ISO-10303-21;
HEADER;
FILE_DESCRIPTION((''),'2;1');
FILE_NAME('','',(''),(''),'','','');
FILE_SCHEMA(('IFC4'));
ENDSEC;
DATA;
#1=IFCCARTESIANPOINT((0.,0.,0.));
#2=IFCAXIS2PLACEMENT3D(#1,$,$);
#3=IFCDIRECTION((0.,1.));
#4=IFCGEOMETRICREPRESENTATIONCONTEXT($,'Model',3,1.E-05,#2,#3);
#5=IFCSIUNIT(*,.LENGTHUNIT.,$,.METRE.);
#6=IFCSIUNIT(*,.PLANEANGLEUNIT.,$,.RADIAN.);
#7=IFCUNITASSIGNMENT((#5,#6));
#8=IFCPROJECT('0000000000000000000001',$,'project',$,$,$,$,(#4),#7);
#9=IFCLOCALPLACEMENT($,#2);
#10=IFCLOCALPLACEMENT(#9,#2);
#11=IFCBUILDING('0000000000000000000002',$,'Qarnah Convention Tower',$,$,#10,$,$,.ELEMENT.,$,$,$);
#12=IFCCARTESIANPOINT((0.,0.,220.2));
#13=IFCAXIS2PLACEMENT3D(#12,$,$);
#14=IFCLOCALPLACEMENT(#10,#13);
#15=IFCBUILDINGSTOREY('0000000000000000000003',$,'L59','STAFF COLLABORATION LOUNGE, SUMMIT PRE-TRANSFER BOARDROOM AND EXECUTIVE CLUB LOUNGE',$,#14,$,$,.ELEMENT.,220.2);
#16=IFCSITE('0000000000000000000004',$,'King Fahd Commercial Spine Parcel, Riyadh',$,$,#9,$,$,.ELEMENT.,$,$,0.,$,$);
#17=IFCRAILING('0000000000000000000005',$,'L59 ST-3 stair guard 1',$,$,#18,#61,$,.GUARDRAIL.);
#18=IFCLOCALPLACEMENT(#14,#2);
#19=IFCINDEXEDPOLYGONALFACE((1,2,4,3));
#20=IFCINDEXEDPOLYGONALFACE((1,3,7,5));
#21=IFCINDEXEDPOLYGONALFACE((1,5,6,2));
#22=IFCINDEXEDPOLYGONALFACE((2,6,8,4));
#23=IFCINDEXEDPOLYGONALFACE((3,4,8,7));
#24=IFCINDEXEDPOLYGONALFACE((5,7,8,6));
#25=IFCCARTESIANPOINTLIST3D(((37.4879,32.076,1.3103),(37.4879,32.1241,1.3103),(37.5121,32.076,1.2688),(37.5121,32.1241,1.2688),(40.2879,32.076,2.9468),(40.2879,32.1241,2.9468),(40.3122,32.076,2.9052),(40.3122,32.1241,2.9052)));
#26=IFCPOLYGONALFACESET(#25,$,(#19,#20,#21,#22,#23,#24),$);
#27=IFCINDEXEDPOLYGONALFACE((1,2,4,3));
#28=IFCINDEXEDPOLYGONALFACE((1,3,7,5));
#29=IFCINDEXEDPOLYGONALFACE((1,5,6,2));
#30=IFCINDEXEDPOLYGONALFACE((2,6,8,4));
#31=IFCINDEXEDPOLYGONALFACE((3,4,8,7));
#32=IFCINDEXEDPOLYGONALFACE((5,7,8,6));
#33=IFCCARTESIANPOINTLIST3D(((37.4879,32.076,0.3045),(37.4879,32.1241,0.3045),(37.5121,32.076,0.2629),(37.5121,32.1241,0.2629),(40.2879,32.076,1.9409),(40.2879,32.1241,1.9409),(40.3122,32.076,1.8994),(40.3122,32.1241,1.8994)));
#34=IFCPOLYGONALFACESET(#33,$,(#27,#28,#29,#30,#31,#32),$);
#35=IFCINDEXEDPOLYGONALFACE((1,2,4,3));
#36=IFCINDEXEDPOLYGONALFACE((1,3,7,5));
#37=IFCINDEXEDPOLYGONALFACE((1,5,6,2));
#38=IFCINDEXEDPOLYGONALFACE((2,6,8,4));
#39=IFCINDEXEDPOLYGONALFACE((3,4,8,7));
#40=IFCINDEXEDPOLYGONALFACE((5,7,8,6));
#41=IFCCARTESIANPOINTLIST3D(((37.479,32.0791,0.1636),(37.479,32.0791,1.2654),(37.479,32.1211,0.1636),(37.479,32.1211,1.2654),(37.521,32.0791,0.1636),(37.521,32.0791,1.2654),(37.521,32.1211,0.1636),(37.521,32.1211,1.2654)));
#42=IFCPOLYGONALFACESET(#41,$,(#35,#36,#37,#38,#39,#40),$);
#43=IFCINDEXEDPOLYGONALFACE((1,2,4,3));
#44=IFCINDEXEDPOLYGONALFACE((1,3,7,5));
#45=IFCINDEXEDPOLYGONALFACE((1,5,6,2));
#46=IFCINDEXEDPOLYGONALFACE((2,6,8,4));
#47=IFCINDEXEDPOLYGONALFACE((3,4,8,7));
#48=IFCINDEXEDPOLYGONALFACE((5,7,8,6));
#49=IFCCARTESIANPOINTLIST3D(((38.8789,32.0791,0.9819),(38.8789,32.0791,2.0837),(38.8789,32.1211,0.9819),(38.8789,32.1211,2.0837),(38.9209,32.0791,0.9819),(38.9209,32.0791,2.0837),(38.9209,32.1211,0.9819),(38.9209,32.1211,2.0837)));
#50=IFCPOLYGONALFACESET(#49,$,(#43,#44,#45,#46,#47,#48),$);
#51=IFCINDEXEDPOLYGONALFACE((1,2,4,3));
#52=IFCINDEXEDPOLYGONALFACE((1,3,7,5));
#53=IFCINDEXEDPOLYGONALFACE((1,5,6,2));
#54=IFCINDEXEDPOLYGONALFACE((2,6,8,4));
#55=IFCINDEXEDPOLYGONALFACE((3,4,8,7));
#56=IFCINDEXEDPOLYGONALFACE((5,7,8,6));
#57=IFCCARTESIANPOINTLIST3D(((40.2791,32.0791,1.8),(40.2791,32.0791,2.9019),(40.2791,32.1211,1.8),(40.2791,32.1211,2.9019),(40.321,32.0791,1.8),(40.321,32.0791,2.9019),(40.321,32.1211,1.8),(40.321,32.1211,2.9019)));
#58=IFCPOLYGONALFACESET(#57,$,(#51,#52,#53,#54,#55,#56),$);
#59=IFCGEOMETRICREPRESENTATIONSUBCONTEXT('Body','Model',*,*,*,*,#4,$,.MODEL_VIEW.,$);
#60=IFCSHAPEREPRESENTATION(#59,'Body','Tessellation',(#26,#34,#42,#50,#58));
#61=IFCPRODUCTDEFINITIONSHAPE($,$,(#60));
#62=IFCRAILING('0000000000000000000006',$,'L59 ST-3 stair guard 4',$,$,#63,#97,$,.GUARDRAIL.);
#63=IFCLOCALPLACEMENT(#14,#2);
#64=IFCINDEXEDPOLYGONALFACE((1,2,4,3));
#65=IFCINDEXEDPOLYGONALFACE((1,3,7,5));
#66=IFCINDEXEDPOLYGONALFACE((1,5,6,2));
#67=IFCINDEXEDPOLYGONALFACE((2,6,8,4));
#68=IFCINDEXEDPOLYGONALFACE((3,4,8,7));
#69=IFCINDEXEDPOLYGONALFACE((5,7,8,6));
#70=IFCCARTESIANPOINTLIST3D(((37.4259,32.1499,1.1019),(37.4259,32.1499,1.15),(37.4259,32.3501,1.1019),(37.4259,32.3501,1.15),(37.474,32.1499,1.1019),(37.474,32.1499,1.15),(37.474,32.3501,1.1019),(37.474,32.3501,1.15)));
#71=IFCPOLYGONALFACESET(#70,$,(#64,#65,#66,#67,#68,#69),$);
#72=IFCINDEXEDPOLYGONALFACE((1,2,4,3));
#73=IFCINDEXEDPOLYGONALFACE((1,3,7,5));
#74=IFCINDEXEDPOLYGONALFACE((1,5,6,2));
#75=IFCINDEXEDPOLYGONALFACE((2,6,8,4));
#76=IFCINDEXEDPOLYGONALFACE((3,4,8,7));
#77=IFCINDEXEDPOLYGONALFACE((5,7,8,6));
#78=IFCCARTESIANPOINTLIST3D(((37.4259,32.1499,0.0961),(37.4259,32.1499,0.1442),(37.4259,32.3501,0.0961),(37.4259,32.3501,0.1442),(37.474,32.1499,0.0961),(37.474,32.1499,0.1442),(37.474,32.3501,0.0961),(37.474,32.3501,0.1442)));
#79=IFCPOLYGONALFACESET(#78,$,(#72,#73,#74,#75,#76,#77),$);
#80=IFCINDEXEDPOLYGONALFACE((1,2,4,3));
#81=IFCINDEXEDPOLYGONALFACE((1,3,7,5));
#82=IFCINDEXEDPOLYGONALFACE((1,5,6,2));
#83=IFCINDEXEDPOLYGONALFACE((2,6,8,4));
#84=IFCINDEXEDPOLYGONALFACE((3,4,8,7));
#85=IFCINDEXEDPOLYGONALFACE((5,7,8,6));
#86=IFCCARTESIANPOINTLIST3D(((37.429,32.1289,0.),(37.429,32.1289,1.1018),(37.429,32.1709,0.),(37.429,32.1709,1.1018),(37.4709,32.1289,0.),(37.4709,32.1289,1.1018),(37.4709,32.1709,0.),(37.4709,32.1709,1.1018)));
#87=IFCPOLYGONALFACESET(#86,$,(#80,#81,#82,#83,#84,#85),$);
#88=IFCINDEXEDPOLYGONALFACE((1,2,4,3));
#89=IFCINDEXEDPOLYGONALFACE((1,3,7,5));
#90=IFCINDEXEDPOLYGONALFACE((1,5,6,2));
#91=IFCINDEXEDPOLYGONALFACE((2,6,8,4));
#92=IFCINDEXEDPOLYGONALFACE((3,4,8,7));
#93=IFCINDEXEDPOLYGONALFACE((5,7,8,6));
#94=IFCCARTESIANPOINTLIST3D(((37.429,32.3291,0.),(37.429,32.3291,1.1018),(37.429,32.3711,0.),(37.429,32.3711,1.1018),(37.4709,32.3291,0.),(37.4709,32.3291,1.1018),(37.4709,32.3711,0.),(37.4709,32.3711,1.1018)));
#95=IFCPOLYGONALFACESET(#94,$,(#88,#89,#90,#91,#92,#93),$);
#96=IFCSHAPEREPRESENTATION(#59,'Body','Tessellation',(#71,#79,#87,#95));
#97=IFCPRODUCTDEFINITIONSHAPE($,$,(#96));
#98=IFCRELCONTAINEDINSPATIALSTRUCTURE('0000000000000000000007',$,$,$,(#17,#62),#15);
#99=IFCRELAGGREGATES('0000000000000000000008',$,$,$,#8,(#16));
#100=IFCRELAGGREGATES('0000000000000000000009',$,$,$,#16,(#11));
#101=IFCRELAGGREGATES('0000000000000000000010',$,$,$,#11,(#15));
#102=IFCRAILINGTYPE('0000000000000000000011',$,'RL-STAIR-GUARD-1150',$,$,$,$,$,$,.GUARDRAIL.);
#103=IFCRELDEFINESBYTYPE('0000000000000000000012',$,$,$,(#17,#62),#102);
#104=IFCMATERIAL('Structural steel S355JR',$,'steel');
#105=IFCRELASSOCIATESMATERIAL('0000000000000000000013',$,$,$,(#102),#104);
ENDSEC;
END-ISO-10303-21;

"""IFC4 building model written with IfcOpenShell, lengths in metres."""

from ifc_helpers import new_model, si_unit, direction, frame, origin, origin_2d, place, context, subcontext, project, spatial, rectangle, extrude, material, type_object, element, save


model = new_model("IFC4")

# Units and contexts
model_context = context("Model", 3, precision=1e-05, world=origin(), true_north=direction((0.0, 1.0)))
body_context = subcontext(model_context, "Body", "Model", "MODEL_VIEW")
ifc_project = project(units=[si_unit("LENGTHUNIT", "METRE"), si_unit("PLANEANGLEUNIT", "RADIAN")], contexts=[model_context])

# Site, building, storey
site_placement = place(None, origin())
site = spatial("IfcSite", under=ifc_project, at=site_placement, Name="King Fahd Commercial Spine Parcel, Riyadh", CompositionType="ELEMENT", RefElevation=0.0)
building_placement = place(site_placement, origin())
building = spatial("IfcBuilding", under=site, at=building_placement, Name="Qarnah Convention Tower", CompositionType="ELEMENT")
storey_placement = place(building_placement, frame((0.0, 0.0, 220.2)))
storey = spatial("IfcBuildingStorey", under=building, at=storey_placement, Name="L59", Description="STAFF COLLABORATION LOUNGE, SUMMIT PRE-TRANSFER BOARDROOM AND EXECUTIVE CLUB LOUNGE", CompositionType="ELEMENT", Elevation=220.2)

# Shared definitions
ifc_material_1 = material(Name="Structural steel S355JR", Category="steel")

# Railings
railing_type = type_object("IfcRailingType", Name="RL-STAIR-GUARD-1150", PredefinedType="GUARDRAIL", material=ifc_material_1)
railing_1_placement = place(storey_placement, frame((37.5, 32.1001, 0.1636)))
element("IfcRailing", 1, at=railing_1_placement, inside=storey, type_object=railing_type, Name="L59 ST-3 stair guard 1", PredefinedType="GUARDRAIL", context=body_context, shape_type="SweptSolid", body=[
    extrude(rectangle(XDim=0.0481, YDim=0.0481, at=origin_2d()), frame((0.0, 0.0, 1.126), z_axis=(0.863361, 0.0, 0.504587), x_axis=(0.0, 1.0, 0.0)), (0.0, 0.0, 1.0), 3.2432),
    extrude(rectangle(XDim=0.0481, YDim=0.0481, at=origin_2d()), frame((0.0, 0.0, 0.1201), z_axis=(0.863361, 0.0, 0.504587), x_axis=(0.0, 1.0, 0.0)), (0.0, 0.0, 1.0), 3.2432),
    extrude(rectangle(XDim=0.042, YDim=0.042, at=origin_2d()), origin(), (0.0, 0.0, 1.0), 1.1018),
    extrude(rectangle(XDim=0.042, YDim=0.042, at=origin_2d()), frame((1.3999, 0.0, 0.8184)), (0.0, 0.0, 1.0), 1.1018),
    extrude(rectangle(XDim=0.042, YDim=0.042, at=origin_2d()), frame((2.8, 0.0, 1.6365)), (0.0, 0.0, 1.0), 1.1018),
])
railing_2_placement = place(storey_placement, frame((37.45, 32.1499, 0.0)))
element("IfcRailing", 2, at=railing_2_placement, inside=storey, type_object=railing_type, Name="L59 ST-3 stair guard 4", PredefinedType="GUARDRAIL", context=body_context, shape_type="SweptSolid", body=[
    extrude(rectangle(XDim=0.0481, YDim=0.0481, at=origin_2d()), frame((0.0, 0.0, 1.126), z_axis=(0.0, 1.0, 0.0), x_axis=(-1.0, 0.0, 0.0)), (0.0, 0.0, 1.0), 0.2002),
    extrude(rectangle(XDim=0.0481, YDim=0.0481, at=origin_2d()), frame((0.0, 0.0, 0.1201), z_axis=(0.0, 1.0, 0.0), x_axis=(-1.0, 0.0, 0.0)), (0.0, 0.0, 1.0), 0.2002),
    extrude(rectangle(XDim=0.042, YDim=0.042, at=origin_2d()), origin(), (0.0, 0.0, 1.0), 1.1018),
    extrude(rectangle(XDim=0.042, YDim=0.042, at=origin_2d()), frame((0.0, 0.2002, 0.0)), (0.0, 0.0, 1.0), 1.1018),
])

save(model, "model.ifc")
